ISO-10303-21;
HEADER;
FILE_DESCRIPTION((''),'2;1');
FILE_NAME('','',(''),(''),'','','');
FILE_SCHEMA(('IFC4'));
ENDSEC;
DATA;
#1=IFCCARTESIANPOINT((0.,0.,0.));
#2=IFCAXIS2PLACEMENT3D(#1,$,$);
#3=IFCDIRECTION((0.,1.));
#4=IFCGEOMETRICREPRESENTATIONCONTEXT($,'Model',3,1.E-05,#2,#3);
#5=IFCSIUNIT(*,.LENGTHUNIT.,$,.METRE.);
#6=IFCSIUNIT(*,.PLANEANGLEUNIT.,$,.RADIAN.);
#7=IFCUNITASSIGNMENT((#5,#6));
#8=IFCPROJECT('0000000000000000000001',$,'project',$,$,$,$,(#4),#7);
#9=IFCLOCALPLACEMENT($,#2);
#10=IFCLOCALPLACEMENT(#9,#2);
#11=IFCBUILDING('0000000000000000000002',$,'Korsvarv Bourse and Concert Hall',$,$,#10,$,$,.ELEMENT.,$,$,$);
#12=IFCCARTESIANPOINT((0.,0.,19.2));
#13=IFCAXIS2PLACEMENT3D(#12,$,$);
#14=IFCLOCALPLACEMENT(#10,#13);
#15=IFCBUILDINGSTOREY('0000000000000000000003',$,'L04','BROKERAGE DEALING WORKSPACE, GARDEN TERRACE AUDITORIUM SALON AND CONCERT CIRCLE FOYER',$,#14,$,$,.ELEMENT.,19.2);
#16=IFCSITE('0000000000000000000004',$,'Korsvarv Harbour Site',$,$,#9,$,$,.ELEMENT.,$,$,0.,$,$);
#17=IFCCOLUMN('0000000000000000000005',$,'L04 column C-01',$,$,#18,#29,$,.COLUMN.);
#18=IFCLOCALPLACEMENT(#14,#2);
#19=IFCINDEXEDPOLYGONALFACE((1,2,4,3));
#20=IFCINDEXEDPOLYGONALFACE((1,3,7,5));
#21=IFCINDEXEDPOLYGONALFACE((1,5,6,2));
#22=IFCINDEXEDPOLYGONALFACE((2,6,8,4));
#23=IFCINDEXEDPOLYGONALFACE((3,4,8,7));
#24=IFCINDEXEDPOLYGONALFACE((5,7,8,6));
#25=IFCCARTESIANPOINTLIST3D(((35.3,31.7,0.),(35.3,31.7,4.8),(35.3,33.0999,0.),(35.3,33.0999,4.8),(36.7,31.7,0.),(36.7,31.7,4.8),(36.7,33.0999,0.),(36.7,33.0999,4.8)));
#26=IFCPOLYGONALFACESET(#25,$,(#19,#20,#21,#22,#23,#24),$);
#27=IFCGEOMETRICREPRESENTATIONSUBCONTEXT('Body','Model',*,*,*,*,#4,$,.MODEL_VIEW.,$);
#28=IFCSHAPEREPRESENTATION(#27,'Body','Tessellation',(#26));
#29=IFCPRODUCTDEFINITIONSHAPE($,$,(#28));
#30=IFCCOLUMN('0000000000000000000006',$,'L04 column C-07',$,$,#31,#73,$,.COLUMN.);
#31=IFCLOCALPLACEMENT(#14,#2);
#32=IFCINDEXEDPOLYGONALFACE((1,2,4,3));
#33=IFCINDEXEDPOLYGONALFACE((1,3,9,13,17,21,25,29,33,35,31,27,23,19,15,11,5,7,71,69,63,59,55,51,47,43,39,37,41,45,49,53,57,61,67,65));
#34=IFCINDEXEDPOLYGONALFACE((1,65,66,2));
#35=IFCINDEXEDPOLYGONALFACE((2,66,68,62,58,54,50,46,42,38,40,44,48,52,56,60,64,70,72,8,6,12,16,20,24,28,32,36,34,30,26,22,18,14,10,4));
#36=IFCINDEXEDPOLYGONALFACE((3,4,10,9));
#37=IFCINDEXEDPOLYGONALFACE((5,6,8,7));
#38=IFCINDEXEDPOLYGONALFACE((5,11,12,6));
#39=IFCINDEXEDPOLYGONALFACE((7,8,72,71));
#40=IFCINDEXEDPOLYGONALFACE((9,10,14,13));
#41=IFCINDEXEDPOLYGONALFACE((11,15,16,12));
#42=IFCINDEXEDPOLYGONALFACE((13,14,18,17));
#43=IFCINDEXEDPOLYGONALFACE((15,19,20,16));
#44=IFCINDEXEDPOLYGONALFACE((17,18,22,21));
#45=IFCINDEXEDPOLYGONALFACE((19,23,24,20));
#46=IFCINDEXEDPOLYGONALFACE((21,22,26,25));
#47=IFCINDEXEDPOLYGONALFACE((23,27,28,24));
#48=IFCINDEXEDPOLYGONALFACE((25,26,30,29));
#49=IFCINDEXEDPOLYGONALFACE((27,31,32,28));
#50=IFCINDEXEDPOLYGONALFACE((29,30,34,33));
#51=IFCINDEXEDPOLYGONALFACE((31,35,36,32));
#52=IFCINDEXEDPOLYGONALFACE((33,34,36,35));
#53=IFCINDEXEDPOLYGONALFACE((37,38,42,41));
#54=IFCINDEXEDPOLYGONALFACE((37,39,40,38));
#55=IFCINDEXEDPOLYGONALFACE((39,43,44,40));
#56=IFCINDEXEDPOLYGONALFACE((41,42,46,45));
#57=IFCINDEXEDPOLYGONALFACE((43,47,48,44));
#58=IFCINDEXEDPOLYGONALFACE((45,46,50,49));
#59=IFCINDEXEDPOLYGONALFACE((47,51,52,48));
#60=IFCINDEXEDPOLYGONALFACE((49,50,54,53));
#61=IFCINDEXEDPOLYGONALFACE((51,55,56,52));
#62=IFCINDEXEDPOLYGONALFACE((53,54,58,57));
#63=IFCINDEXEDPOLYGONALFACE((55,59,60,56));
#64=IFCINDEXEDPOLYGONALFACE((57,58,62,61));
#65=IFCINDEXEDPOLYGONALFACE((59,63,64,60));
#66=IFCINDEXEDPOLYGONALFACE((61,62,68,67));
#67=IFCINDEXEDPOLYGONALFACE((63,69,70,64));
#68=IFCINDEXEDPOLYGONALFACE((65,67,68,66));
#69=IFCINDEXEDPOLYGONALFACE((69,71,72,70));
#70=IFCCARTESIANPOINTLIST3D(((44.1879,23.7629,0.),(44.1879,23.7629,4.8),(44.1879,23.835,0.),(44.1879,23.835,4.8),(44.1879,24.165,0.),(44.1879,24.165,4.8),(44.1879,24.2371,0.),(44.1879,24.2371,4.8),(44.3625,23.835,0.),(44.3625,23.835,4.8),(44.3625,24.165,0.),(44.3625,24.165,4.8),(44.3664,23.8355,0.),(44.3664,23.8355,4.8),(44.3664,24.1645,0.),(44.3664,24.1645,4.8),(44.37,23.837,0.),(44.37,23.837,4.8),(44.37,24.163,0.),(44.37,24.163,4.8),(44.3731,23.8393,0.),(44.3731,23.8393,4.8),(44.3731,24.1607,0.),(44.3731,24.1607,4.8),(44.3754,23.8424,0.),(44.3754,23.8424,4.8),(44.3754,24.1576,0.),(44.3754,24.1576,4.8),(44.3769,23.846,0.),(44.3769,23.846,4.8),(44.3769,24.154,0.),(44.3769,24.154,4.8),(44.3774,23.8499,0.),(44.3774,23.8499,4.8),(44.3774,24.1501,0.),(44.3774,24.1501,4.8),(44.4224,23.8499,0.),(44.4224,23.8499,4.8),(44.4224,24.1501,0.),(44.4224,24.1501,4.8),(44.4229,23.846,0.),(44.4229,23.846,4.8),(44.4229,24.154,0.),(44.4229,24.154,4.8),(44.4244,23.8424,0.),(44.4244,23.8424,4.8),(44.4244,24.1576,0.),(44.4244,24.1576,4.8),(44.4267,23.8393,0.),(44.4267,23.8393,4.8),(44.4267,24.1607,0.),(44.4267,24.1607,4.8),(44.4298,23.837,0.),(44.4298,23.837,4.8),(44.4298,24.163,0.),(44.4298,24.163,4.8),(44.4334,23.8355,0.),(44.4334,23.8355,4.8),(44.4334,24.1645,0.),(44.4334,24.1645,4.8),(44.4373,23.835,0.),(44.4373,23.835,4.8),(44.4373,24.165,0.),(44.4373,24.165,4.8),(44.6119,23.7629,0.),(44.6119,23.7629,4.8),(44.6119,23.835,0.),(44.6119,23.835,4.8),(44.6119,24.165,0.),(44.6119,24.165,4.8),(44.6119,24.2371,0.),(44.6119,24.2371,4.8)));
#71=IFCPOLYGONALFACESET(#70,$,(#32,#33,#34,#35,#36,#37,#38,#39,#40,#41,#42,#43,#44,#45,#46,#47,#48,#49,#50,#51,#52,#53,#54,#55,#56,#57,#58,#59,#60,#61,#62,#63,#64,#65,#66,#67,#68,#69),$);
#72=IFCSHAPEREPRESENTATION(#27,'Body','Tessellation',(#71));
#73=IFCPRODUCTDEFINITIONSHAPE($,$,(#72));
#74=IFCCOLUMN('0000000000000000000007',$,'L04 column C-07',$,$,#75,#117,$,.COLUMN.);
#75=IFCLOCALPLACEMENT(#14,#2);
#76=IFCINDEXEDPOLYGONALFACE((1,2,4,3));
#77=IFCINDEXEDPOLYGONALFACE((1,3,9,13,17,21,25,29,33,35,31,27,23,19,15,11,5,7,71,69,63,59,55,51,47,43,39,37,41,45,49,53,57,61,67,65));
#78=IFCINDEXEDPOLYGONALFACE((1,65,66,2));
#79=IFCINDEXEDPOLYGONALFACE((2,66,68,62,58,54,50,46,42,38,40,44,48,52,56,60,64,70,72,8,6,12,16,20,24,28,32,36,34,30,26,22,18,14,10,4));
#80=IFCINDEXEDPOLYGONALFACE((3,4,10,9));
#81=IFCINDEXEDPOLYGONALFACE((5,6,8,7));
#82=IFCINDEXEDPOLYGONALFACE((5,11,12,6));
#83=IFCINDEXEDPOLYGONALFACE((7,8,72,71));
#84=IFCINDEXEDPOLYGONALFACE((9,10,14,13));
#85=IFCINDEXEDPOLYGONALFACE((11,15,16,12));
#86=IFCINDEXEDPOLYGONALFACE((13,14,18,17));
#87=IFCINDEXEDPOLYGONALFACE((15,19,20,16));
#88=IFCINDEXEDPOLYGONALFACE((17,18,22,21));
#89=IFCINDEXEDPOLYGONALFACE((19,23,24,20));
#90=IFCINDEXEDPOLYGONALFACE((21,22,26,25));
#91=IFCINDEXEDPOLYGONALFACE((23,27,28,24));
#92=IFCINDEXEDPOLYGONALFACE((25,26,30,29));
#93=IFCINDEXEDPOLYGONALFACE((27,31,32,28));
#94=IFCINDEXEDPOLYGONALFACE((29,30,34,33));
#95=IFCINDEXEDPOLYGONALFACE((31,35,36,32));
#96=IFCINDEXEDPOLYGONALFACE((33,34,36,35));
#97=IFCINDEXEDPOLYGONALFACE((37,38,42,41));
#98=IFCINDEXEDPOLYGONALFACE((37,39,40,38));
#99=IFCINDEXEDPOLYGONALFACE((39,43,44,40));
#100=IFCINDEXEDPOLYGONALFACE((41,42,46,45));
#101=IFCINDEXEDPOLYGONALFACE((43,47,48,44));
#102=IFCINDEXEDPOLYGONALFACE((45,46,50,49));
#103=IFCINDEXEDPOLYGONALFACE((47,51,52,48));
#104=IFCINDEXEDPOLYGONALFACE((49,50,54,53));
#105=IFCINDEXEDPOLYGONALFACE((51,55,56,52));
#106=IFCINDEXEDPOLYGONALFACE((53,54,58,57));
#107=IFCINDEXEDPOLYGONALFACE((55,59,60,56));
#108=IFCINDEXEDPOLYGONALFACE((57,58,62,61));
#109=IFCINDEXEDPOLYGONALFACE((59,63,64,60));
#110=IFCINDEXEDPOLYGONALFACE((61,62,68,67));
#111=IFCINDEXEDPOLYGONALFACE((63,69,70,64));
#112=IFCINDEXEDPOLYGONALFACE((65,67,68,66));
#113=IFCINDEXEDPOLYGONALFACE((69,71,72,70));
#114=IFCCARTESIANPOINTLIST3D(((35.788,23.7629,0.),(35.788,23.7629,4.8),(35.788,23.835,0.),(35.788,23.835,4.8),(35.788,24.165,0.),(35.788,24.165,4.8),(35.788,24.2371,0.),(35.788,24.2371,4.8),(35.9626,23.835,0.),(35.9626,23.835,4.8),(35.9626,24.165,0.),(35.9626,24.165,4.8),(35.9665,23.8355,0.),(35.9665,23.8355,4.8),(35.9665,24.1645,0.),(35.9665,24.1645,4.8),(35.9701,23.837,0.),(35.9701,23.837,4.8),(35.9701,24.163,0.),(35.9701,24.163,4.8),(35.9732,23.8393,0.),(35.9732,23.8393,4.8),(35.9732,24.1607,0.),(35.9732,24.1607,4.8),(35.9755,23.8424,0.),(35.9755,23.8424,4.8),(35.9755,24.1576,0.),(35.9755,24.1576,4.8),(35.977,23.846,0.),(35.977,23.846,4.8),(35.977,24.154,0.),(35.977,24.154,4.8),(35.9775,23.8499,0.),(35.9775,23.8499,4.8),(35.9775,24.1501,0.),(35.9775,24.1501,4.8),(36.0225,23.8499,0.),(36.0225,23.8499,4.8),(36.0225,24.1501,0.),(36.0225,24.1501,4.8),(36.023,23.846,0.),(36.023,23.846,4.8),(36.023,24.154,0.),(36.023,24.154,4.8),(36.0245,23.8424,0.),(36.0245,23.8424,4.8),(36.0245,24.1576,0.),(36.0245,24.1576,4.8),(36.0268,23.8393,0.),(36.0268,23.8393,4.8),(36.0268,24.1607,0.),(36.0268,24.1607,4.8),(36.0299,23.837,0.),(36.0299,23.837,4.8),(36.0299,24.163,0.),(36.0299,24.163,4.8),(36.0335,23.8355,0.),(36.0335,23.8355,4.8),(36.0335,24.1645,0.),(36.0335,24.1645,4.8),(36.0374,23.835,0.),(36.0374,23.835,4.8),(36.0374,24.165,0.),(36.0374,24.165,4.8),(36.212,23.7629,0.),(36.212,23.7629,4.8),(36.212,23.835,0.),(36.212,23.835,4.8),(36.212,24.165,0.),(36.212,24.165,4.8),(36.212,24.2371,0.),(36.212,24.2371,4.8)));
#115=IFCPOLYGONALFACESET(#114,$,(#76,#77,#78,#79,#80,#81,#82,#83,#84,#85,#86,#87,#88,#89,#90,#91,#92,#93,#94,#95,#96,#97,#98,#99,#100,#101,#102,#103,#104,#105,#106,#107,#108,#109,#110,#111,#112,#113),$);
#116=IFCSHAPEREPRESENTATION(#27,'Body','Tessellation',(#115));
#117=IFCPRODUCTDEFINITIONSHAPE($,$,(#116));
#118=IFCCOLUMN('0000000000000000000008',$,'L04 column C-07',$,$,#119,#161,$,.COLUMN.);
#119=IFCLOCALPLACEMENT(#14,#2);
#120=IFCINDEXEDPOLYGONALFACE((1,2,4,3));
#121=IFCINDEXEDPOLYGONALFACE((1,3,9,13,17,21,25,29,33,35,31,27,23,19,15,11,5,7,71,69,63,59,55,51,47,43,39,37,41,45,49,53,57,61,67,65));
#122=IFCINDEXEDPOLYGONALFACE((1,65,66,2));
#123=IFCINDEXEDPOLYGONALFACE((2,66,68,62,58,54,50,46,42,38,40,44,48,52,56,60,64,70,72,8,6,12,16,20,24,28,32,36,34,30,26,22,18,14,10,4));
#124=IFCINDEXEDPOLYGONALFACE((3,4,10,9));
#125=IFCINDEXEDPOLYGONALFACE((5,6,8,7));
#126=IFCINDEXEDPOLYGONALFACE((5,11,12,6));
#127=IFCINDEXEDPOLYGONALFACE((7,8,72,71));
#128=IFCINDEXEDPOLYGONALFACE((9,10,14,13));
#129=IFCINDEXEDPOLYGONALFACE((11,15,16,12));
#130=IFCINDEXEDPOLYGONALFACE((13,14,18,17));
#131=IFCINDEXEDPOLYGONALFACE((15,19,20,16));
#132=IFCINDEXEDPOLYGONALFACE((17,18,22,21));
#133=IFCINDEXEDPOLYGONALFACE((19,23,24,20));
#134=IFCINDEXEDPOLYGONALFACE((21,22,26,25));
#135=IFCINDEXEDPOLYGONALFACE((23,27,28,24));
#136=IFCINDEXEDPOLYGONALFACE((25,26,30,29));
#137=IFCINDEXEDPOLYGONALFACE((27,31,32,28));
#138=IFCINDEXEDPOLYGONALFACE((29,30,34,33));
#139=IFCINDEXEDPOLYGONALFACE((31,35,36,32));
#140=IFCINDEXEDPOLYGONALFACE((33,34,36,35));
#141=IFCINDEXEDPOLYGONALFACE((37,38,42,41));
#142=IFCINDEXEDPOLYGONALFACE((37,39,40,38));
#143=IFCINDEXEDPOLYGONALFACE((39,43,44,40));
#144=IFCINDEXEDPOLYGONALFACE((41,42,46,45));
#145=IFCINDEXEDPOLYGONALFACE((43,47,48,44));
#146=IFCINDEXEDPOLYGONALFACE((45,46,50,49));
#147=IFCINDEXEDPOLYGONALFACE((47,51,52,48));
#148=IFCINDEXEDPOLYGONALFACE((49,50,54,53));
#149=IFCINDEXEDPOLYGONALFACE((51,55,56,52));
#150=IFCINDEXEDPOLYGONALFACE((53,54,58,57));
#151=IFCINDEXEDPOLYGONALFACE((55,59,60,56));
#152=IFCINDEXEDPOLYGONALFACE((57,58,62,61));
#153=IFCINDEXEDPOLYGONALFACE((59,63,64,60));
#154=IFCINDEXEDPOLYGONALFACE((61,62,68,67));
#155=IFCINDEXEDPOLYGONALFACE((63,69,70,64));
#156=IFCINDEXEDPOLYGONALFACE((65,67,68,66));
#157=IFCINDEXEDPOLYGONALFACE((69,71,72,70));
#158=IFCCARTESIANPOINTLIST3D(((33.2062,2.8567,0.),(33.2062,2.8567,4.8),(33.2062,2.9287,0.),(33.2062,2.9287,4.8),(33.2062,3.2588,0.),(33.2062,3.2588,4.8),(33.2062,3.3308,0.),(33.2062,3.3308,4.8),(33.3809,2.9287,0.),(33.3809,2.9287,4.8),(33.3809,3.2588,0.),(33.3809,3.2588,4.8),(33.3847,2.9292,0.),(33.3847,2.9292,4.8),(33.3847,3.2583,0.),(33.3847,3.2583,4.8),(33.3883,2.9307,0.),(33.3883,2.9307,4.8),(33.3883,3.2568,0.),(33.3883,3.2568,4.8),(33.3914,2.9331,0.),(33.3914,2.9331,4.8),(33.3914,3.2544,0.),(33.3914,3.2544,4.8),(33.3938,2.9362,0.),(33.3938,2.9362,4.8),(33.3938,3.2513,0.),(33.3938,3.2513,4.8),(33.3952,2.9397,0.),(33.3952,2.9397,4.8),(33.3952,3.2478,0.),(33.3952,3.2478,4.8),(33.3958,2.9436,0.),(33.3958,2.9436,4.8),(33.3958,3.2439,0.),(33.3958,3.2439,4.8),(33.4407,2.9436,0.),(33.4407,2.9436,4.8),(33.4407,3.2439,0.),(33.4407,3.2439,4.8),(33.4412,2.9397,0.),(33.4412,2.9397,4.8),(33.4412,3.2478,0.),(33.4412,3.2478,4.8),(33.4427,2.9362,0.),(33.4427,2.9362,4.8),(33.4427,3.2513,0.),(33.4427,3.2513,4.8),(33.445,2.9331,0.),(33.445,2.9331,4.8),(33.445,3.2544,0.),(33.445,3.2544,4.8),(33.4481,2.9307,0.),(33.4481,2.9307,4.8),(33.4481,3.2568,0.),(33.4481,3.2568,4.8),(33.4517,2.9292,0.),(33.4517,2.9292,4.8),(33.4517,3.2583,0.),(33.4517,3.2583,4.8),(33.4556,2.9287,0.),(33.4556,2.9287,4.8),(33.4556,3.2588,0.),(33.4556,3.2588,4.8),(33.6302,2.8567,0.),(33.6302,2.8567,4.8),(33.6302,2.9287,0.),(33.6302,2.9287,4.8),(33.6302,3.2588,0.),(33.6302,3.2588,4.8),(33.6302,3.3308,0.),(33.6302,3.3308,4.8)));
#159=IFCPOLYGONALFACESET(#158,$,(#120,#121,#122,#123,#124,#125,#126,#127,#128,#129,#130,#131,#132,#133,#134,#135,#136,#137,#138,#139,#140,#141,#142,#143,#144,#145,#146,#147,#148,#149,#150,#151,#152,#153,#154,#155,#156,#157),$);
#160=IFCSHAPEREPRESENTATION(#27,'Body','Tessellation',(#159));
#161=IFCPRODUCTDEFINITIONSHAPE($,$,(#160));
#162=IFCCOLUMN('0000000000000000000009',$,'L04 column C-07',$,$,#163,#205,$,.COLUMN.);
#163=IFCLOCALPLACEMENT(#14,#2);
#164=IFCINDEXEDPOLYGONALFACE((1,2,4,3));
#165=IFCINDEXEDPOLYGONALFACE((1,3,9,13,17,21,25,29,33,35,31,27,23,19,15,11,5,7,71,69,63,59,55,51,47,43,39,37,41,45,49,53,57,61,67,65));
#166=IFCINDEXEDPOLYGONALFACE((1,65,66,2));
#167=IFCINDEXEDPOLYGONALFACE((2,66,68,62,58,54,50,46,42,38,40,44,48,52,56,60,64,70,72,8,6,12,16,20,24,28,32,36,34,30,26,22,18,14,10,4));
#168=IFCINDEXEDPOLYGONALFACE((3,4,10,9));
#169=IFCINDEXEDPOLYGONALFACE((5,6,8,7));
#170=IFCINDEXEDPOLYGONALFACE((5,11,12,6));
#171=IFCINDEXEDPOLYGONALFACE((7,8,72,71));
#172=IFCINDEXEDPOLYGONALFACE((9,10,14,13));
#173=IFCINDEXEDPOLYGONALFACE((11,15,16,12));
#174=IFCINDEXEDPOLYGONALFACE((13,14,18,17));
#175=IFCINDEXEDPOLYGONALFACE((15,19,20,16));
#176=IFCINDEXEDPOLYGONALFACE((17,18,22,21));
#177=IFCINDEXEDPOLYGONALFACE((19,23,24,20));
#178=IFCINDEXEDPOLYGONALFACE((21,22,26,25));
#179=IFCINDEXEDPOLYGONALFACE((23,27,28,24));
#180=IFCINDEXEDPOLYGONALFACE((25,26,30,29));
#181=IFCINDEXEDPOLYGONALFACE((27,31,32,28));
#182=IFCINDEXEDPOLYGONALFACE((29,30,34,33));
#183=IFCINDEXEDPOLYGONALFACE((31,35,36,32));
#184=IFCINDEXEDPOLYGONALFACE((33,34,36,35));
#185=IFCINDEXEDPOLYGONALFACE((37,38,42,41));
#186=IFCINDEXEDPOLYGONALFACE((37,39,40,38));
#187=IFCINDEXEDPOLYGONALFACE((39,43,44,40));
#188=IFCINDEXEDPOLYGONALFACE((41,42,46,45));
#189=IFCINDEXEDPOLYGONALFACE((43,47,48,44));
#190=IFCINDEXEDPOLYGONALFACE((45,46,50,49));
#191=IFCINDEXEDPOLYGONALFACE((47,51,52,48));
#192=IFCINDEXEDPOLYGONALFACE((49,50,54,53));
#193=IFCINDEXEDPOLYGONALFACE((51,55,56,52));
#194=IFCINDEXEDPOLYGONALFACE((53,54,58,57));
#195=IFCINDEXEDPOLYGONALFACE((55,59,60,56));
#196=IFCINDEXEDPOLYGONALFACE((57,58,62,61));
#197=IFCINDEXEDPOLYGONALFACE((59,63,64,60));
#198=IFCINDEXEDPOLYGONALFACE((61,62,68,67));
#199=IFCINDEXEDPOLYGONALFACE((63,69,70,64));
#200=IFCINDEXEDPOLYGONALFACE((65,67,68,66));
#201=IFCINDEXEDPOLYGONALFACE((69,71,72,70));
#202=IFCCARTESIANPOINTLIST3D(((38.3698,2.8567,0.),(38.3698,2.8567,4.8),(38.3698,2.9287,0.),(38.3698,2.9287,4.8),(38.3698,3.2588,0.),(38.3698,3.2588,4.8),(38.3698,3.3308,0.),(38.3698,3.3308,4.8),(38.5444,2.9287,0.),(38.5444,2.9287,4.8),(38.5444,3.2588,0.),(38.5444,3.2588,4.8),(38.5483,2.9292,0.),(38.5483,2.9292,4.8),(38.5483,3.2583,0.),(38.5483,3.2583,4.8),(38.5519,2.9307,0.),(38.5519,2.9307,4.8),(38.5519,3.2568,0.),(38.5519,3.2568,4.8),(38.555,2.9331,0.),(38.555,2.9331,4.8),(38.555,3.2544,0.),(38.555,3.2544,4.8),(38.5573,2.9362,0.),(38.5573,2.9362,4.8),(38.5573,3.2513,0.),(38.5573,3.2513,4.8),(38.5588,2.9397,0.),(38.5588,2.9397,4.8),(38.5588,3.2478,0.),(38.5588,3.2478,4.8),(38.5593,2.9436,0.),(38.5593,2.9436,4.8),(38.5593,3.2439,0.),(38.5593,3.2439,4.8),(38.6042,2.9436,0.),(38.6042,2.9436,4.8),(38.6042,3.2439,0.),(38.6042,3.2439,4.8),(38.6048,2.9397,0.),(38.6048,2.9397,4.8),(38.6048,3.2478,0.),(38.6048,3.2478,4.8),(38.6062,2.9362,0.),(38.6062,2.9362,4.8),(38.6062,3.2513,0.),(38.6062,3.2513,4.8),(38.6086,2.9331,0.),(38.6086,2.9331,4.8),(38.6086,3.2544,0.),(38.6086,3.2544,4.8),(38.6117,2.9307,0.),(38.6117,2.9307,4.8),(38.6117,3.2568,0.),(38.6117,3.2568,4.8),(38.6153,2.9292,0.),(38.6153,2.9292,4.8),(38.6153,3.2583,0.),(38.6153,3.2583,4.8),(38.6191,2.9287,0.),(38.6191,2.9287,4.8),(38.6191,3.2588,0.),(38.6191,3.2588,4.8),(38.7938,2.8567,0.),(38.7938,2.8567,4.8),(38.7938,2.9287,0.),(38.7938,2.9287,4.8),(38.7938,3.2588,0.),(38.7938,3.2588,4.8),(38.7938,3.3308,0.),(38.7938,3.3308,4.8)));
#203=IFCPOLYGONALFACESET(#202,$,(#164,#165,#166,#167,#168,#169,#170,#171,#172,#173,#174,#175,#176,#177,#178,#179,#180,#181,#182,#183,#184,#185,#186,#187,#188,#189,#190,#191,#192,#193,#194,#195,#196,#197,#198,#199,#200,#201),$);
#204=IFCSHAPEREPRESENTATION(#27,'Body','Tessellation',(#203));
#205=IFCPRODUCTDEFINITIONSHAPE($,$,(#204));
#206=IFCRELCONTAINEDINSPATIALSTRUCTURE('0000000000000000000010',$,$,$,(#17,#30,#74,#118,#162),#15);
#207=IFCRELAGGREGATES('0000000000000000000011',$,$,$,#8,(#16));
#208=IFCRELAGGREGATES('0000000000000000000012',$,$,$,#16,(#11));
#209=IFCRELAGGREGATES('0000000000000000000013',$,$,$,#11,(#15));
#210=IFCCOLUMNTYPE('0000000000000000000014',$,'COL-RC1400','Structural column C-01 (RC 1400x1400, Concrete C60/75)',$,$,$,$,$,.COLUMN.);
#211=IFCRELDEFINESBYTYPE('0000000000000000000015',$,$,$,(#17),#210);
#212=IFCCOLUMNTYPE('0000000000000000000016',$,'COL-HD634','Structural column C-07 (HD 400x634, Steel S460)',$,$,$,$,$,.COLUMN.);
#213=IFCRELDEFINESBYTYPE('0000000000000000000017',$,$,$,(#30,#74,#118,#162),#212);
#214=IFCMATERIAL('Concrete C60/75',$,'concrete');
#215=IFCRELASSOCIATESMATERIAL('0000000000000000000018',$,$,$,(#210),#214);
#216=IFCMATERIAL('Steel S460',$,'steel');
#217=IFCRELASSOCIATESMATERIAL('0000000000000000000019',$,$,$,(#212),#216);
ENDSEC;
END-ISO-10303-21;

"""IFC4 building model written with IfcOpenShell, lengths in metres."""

from ifc_helpers import new_model, si_unit, direction, frame, origin, origin_2d, place, context, subcontext, project, spatial, rectangle, i_section, extrude, source, transform, mapped, material, material_profile, profile_set, type_object, element, save


model = new_model("IFC4")

# Units and contexts
model_context = context("Model", 3, precision=1e-05, world=origin(), true_north=direction((0.0, 1.0)))
body_context = subcontext(model_context, "Body", "Model", "MODEL_VIEW")
ifc_project = project(units=[si_unit("LENGTHUNIT", "METRE"), si_unit("PLANEANGLEUNIT", "RADIAN")], contexts=[model_context])

# Site, building, storey
site_placement = place(None, origin())
site = spatial("IfcSite", under=ifc_project, at=site_placement, Name="Korsvarv Harbour Site", CompositionType="ELEMENT", RefElevation=0.0)
building_placement = place(site_placement, origin())
building = spatial("IfcBuilding", under=site, at=building_placement, Name="Korsvarv Bourse and Concert Hall", CompositionType="ELEMENT")
storey_placement = place(building_placement, frame((0.0, 0.0, 19.2)))
storey = spatial("IfcBuildingStorey", under=building, at=storey_placement, Name="L04", Description="BROKERAGE DEALING WORKSPACE, GARDEN TERRACE AUDITORIUM SALON AND CONCERT CIRCLE FOYER", CompositionType="ELEMENT", Elevation=19.2)

# Columns
ifc_material_1 = material(Name="Concrete C60/75", Category="concrete")
ifc_material_profile_1 = material_profile(ifc_material_1, rectangle(XDim=1.3999, YDim=1.3999, at=origin_2d()), Name="RC 1400x1400")
ifc_profile_set_1 = profile_set([ifc_material_profile_1], Name="Concrete C60/75")
column_type_1 = type_object("IfcColumnType", Name="COL-RC1400", Description="Structural column C-01 (RC 1400x1400, Concrete C60/75)", PredefinedType="COLUMN", material=ifc_profile_set_1)
shared_shape_1 = source(origin(), body_context, "Body", "SweptSolid", [
    extrude(rectangle(XDim=1.3999, YDim=1.3999, at=origin_2d()), origin(), (0.0, 0.0, 1.0), 4.8),
])
column_placement = place(storey_placement, frame((36.0, 32.3999, 0.0), z_axis=(0.0, 0.0, 1.0), x_axis=(1.0, 0.0, 0.0)))
element("IfcColumn", 1, at=column_placement, inside=storey, type_object=column_type_1, Name="L04 column C-01", PredefinedType="COLUMN", context=body_context, shape_type="MappedRepresentation", body=[
    mapped(shared_shape_1, transform((0.0, 0.0, 0.0), scale=1.0)),
])
ifc_material_2 = material(Name="Steel S460", Category="steel")
ifc_material_profile_2 = material_profile(ifc_material_2, i_section(OverallWidth=0.4241, OverallDepth=0.4741, WebThickness=0.0449, FlangeThickness=0.072, FilletRadius=0.0149, at=origin_2d()), Name="HD 400x634")
ifc_profile_set_2 = profile_set([ifc_material_profile_2], Name="Steel S460")
column_type_2 = type_object("IfcColumnType", Name="COL-HD634", Description="Structural column C-07 (HD 400x634, Steel S460)", PredefinedType="COLUMN", material=ifc_profile_set_2)
shared_shape_2 = source(origin(), body_context, "Body", "SweptSolid", [
    extrude(i_section(OverallWidth=0.4241, OverallDepth=0.4741, WebThickness=0.0449, FlangeThickness=0.072, FilletRadius=0.0149, at=origin_2d()), origin(), (0.0, 0.0, 1.0), 4.8),
])
for number, where, z_axis, x_axis, name in (
    (2, (44.3999, 24.0, 0.0), (0.0, 0.0, 1.0), (1.0, 0.0, 0.0), "L04 column C-07"),
    (3, (36.0, 24.0, 0.0), (0.0, 0.0, 1.0), (1.0, 0.0, 0.0), "L04 column C-07"),
    (4, (33.4182, 3.0938, 0.0), (0.0, 0.0, 1.0), (1.0, 0.0, 0.0), "L04 column C-07"),
    (5, (38.5818, 3.0938, 0.0), (0.0, 0.0, 1.0), (1.0, 0.0, 0.0), "L04 column C-07"),
):
    element("IfcColumn", number, at=place(storey_placement, frame(where, z_axis=z_axis, x_axis=x_axis)), inside=storey, type_object=column_type_2, Name=name, PredefinedType="COLUMN", context=body_context, shape_type="MappedRepresentation", body=[
        mapped(shared_shape_2, transform((0.0, 0.0, 0.0), scale=1.0)),
    ])

save(model, "model.ifc")
